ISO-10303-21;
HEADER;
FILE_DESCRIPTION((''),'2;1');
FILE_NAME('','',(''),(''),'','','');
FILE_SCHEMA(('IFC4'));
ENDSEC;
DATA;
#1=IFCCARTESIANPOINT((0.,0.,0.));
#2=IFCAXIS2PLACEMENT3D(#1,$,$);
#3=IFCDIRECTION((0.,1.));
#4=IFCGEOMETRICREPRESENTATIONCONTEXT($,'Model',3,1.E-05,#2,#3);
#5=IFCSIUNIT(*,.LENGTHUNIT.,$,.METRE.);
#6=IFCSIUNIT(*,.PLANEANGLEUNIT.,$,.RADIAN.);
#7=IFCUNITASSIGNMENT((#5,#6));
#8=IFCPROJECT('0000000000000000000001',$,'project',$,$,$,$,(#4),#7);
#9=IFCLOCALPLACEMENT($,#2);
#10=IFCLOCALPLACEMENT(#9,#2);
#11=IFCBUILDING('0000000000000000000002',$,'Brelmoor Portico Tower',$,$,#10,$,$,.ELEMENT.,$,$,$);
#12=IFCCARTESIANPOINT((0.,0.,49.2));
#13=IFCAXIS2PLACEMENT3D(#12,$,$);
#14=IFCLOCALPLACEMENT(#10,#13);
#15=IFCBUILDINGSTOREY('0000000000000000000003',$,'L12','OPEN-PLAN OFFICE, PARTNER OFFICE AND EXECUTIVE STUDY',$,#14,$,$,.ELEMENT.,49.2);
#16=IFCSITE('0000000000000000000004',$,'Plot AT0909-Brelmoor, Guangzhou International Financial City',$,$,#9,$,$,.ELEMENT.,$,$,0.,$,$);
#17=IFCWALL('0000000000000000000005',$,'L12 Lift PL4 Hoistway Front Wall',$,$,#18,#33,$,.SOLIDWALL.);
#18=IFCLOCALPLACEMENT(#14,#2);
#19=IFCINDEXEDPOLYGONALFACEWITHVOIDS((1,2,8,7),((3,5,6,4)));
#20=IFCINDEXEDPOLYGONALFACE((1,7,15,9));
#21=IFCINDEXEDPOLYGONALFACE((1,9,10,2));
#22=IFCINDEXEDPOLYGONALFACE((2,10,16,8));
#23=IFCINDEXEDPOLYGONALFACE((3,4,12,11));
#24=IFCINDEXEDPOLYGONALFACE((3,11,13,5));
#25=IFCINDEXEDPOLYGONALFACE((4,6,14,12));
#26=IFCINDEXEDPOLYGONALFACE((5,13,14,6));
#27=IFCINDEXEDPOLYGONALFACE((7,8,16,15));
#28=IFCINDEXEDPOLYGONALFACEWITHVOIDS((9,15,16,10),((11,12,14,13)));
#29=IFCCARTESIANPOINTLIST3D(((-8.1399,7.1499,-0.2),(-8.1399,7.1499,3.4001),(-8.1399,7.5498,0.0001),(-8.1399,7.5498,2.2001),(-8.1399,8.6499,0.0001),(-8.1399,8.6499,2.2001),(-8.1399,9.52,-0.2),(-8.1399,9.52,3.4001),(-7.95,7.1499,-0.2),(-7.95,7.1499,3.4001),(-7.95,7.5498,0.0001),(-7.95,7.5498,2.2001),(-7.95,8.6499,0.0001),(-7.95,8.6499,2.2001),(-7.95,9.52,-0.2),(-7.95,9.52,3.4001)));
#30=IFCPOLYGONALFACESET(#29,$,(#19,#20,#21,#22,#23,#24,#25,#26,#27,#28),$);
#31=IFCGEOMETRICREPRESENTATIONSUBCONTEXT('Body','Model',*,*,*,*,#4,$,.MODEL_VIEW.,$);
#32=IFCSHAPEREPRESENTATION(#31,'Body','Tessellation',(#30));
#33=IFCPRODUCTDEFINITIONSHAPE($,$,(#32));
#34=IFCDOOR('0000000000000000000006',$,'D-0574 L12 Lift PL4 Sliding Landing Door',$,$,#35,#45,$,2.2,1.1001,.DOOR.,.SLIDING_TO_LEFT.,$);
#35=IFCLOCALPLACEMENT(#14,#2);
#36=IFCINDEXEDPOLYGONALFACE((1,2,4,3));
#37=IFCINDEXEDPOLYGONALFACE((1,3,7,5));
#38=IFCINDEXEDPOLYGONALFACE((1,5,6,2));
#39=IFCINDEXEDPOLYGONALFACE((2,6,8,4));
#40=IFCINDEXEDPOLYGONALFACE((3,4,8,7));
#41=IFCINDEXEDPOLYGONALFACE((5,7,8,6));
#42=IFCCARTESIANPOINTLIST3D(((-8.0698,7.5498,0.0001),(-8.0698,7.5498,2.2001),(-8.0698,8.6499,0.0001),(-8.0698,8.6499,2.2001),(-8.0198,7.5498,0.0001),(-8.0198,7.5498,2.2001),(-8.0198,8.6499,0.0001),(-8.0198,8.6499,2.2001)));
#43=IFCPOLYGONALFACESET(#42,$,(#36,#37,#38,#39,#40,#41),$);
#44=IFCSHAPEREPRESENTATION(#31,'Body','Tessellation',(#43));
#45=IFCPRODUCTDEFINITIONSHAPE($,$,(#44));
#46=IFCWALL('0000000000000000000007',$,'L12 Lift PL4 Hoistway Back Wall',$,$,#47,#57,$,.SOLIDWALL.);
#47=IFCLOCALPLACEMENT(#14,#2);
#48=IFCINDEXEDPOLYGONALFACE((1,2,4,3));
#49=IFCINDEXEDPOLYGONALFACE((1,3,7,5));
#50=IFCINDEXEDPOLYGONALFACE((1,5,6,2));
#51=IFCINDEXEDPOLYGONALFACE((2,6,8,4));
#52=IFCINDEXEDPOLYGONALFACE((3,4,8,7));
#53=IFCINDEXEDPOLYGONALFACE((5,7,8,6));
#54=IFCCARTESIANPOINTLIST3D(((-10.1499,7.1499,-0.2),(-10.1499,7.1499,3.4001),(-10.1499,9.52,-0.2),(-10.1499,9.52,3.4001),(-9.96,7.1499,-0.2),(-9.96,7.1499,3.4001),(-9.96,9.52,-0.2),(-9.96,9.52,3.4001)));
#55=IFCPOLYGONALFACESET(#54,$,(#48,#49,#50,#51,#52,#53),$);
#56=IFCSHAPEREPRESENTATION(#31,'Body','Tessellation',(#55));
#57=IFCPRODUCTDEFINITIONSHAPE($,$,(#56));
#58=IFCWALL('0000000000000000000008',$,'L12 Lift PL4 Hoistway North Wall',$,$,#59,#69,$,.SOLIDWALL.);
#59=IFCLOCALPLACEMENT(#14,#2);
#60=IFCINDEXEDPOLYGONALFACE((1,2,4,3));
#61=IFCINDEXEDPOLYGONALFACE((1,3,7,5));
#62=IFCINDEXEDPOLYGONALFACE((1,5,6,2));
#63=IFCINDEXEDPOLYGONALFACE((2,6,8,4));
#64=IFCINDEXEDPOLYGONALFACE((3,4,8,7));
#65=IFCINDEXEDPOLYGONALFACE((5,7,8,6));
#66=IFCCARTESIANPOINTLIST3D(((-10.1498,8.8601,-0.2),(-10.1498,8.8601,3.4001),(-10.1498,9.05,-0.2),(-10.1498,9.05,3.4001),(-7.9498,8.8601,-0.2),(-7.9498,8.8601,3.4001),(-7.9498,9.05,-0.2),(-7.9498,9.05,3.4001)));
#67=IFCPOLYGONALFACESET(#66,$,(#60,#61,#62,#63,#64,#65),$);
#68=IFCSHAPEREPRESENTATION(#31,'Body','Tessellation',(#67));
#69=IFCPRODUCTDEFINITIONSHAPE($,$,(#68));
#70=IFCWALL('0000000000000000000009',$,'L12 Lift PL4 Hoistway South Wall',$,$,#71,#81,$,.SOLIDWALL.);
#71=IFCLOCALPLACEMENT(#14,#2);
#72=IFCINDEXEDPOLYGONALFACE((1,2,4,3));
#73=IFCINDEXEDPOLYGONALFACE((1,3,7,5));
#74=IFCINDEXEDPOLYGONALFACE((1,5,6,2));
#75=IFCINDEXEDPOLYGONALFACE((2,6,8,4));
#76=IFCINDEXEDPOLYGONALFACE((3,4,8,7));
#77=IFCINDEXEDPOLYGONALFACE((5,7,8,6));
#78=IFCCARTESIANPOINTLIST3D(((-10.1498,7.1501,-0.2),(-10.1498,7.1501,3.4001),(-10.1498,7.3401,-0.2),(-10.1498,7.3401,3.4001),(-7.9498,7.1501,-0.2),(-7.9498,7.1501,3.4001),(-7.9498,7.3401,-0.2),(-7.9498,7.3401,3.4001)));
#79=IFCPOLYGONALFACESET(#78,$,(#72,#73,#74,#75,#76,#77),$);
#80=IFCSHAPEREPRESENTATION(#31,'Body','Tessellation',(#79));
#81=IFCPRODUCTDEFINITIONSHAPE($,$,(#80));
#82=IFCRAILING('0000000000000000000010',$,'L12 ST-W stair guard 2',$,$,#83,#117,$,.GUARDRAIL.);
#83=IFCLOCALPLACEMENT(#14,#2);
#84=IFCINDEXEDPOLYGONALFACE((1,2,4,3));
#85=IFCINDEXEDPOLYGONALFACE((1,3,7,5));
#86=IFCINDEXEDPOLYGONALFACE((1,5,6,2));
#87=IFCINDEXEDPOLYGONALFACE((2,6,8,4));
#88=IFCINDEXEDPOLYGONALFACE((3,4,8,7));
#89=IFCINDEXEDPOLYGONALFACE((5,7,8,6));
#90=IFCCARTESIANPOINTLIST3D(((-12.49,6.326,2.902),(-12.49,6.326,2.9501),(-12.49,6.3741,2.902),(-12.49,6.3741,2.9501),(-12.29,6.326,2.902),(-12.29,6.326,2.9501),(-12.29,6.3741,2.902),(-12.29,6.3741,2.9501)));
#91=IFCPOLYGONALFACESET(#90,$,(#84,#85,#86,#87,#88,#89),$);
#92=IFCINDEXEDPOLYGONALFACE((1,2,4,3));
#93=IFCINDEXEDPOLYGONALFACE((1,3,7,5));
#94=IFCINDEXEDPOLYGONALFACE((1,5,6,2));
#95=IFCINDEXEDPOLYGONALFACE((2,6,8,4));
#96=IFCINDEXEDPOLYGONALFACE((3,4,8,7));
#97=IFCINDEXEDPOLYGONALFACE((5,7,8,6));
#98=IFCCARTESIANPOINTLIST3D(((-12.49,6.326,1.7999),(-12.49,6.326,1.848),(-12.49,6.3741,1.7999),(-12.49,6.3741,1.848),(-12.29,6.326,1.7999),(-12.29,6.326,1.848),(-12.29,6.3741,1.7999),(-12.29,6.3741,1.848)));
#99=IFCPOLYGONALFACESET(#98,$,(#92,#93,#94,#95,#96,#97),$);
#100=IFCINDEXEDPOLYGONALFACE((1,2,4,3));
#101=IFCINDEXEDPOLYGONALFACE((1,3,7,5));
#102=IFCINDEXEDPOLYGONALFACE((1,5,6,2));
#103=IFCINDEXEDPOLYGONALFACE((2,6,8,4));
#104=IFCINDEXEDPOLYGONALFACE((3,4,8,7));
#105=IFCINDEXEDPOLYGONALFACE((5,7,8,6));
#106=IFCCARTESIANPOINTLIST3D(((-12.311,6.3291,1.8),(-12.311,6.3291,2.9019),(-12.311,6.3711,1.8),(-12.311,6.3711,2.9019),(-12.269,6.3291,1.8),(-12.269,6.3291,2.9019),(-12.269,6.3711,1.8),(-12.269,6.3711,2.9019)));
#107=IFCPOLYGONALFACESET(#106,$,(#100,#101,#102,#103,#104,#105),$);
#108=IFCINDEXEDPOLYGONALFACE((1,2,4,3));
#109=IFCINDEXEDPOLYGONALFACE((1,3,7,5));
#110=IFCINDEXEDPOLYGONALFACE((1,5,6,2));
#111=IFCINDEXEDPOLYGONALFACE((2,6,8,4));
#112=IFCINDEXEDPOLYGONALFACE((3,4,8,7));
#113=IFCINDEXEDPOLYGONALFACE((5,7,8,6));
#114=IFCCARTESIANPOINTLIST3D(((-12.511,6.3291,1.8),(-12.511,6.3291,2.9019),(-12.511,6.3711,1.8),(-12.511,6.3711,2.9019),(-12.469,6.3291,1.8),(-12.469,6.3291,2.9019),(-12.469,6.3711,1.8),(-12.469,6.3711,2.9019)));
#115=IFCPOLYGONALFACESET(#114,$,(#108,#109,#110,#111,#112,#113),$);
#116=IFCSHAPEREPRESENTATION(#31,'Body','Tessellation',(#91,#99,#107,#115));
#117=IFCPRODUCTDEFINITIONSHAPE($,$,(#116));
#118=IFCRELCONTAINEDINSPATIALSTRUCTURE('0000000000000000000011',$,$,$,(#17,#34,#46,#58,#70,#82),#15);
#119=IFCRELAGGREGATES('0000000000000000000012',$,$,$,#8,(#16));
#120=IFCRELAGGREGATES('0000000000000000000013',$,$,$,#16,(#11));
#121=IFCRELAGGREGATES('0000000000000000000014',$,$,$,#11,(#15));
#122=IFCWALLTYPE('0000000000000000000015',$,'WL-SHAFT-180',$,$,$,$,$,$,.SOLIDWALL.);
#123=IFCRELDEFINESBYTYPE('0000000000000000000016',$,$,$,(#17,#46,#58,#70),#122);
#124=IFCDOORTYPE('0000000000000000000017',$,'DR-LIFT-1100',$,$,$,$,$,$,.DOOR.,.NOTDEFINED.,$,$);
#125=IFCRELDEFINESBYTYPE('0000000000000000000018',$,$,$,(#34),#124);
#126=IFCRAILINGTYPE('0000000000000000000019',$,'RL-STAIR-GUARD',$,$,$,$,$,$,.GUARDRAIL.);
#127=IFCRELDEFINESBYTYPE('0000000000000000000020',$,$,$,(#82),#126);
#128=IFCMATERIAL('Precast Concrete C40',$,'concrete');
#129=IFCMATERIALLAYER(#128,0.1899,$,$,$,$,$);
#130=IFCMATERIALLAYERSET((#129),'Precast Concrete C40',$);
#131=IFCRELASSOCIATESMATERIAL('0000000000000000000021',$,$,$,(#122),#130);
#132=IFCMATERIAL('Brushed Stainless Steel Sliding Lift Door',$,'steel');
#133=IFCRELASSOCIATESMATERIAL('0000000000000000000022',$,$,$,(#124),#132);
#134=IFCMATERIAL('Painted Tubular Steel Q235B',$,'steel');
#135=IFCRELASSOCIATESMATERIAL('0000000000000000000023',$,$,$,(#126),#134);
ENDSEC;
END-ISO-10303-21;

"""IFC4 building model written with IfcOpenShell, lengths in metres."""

from ifc_helpers import new_model, si_unit, direction, frame, frame_2d, origin, origin_2d, place, context, subcontext, project, spatial, rectangle, extrude, material, layer, layer_set, type_object, element, fill, save


model = new_model("IFC4")

# Units and contexts
model_context = context("Model", 3, precision=1e-05, world=origin(), true_north=direction((0.0, 1.0)))
body_context = subcontext(model_context, "Body", "Model", "MODEL_VIEW")
ifc_project = project(units=[si_unit("LENGTHUNIT", "METRE"), si_unit("PLANEANGLEUNIT", "RADIAN")], contexts=[model_context])

# Site, building, storey
site_placement = place(None, origin())
site = spatial("IfcSite", under=ifc_project, at=site_placement, Name="Plot AT0909-Brelmoor, Guangzhou International Financial City", CompositionType="ELEMENT", RefElevation=0.0)
building_placement = place(site_placement, origin())
building = spatial("IfcBuilding", under=site, at=building_placement, Name="Brelmoor Portico Tower", CompositionType="ELEMENT")
storey_placement = place(building_placement, frame((0.0, 0.0, 49.2)))
storey = spatial("IfcBuildingStorey", under=building, at=storey_placement, Name="L12", Description="OPEN-PLAN OFFICE, PARTNER OFFICE AND EXECUTIVE STUDY", CompositionType="ELEMENT", Elevation=49.2)

# Shared definitions
ifc_material_1 = material(Name="Precast Concrete C40", Category="concrete")
ifc_layer_1 = layer(ifc_material_1, 0.1899)
ifc_layer_set_1 = layer_set([ifc_layer_1], Name="Precast Concrete C40")
wall_type_1 = type_object("IfcWallType", Name="WL-SHAFT-180", PredefinedType="SOLIDWALL", material=ifc_layer_set_1)

# Wall, opening, door
wall_1_placement = place(storey_placement, frame((-8.0449, 7.1499, -0.2), z_axis=(0.0, 0.0, 1.0), x_axis=(0.0, 1.0, 0.0)))
wall_1 = element("IfcWall", 1, at=wall_1_placement, inside=storey, type_object=wall_type_1, Name="L12 Lift PL4 Hoistway Front Wall", PredefinedType="SOLIDWALL", context=body_context, shape_type="SweptSolid", body=[
    extrude(rectangle(XDim=2.3701, YDim=0.1899, at=frame_2d((1.1851, 0.0))), origin(), (0.0, 0.0, 1.0), 3.6001),
])
opening_1_placement = place(wall_1_placement, frame((0.3999, 0.0, 0.2)))
opening_1 = element("IfcOpeningElement", 2, at=opening_1_placement, cuts=wall_1, PredefinedType="OPENING", context=body_context, shape_type="SweptSolid", body=[
    extrude(rectangle(XDim=1.1001, YDim=2.2, at=frame_2d((0.55, 1.1001))), frame((0.0, 0.105, 0.0), z_axis=(0.0, -1.0, 0.0), x_axis=(1.0, 0.0, 0.0)), (0.0, 0.0, 1.0), 0.21),
])
ifc_material_2 = material(Name="Brushed Stainless Steel Sliding Lift Door", Category="steel")
door_type_1 = type_object("IfcDoorType", Name="DR-LIFT-1100", OperationType="NOTDEFINED", PredefinedType="DOOR", material=ifc_material_2)
door_1_placement = place(opening_1_placement, origin())
door_1 = element("IfcDoor", 3, at=door_1_placement, inside=storey, type_object=door_type_1, Name="D-0574 L12 Lift PL4 Sliding Landing Door", OperationType="SLIDING_TO_LEFT", OverallHeight=2.2, OverallWidth=1.1001, PredefinedType="DOOR", context=body_context, shape_type="SweptSolid", body=[
    extrude(rectangle(XDim=1.1001, YDim=2.2, at=frame_2d((0.55, 1.1001))), frame((0.0, 0.0249, 0.0), z_axis=(0.0, -1.0, 0.0), x_axis=(1.0, 0.0, 0.0)), (0.0, 0.0, 1.0), 0.05),
])
fill(opening_1, door_1)

# Walls
wall_2_placement = place(storey_placement, frame((-10.0549, 7.1499, -0.2), z_axis=(0.0, 0.0, 1.0), x_axis=(0.0, 1.0, 0.0)))
element("IfcWall", 4, at=wall_2_placement, inside=storey, type_object=wall_type_1, Name="L12 Lift PL4 Hoistway Back Wall", PredefinedType="SOLIDWALL", context=body_context, shape_type="SweptSolid", body=[
    extrude(rectangle(XDim=2.3701, YDim=0.1899, at=frame_2d((1.1851, 0.0))), origin(), (0.0, 0.0, 1.0), 3.6001),
])
for number, where, z_axis, x_axis, name in (
    (5, (-10.1499, 8.9551, -0.2), (0.0, 0.0, 1.0), (1.0, 0.0, 0.0), "L12 Lift PL4 Hoistway North Wall"),
    (6, (-10.1499, 7.2451, -0.2), (0.0, 0.0, 1.0), (1.0, 0.0, 0.0), "L12 Lift PL4 Hoistway South Wall"),
):
    element("IfcWall", number, at=place(storey_placement, frame(where, z_axis=z_axis, x_axis=x_axis)), inside=storey, type_object=wall_type_1, Name=name, PredefinedType="SOLIDWALL", context=body_context, shape_type="SweptSolid", body=[
        extrude(rectangle(XDim=2.2, YDim=0.1899, at=frame_2d((1.1001, 0.0))), origin(), (0.0, 0.0, 1.0), 3.6001),
    ])

# Railing
ifc_material_3 = material(Name="Painted Tubular Steel Q235B", Category="steel")
railing_type = type_object("IfcRailingType", Name="RL-STAIR-GUARD", PredefinedType="GUARDRAIL", material=ifc_material_3)
railing_placement = place(storey_placement, frame((-12.29, 6.3501, 1.8)))
element("IfcRailing", 7, at=railing_placement, inside=storey, type_object=railing_type, Name="L12 ST-W stair guard 2", PredefinedType="GUARDRAIL", context=body_context, shape_type="SweptSolid", body=[
    extrude(rectangle(XDim=0.0481, YDim=0.0481, at=origin_2d()), frame((0.0, 0.0, 1.126), z_axis=(-1.0, 0.0, 0.0), x_axis=(0.0, -1.0, 0.0)), (0.0, 0.0, 1.0), 0.2),
    extrude(rectangle(XDim=0.0481, YDim=0.0481, at=origin_2d()), frame((0.0, 0.0, 0.0239), z_axis=(-1.0, 0.0, 0.0), x_axis=(0.0, -1.0, 0.0)), (0.0, 0.0, 1.0), 0.2),
    extrude(rectangle(XDim=0.042, YDim=0.042, at=origin_2d()), origin(), (0.0, 0.0, 1.0), 1.1018),
    extrude(rectangle(XDim=0.042, YDim=0.042, at=origin_2d()), frame((-0.2, 0.0, 0.0)), (0.0, 0.0, 1.0), 1.1018),
])

save(model, "model.ifc")
